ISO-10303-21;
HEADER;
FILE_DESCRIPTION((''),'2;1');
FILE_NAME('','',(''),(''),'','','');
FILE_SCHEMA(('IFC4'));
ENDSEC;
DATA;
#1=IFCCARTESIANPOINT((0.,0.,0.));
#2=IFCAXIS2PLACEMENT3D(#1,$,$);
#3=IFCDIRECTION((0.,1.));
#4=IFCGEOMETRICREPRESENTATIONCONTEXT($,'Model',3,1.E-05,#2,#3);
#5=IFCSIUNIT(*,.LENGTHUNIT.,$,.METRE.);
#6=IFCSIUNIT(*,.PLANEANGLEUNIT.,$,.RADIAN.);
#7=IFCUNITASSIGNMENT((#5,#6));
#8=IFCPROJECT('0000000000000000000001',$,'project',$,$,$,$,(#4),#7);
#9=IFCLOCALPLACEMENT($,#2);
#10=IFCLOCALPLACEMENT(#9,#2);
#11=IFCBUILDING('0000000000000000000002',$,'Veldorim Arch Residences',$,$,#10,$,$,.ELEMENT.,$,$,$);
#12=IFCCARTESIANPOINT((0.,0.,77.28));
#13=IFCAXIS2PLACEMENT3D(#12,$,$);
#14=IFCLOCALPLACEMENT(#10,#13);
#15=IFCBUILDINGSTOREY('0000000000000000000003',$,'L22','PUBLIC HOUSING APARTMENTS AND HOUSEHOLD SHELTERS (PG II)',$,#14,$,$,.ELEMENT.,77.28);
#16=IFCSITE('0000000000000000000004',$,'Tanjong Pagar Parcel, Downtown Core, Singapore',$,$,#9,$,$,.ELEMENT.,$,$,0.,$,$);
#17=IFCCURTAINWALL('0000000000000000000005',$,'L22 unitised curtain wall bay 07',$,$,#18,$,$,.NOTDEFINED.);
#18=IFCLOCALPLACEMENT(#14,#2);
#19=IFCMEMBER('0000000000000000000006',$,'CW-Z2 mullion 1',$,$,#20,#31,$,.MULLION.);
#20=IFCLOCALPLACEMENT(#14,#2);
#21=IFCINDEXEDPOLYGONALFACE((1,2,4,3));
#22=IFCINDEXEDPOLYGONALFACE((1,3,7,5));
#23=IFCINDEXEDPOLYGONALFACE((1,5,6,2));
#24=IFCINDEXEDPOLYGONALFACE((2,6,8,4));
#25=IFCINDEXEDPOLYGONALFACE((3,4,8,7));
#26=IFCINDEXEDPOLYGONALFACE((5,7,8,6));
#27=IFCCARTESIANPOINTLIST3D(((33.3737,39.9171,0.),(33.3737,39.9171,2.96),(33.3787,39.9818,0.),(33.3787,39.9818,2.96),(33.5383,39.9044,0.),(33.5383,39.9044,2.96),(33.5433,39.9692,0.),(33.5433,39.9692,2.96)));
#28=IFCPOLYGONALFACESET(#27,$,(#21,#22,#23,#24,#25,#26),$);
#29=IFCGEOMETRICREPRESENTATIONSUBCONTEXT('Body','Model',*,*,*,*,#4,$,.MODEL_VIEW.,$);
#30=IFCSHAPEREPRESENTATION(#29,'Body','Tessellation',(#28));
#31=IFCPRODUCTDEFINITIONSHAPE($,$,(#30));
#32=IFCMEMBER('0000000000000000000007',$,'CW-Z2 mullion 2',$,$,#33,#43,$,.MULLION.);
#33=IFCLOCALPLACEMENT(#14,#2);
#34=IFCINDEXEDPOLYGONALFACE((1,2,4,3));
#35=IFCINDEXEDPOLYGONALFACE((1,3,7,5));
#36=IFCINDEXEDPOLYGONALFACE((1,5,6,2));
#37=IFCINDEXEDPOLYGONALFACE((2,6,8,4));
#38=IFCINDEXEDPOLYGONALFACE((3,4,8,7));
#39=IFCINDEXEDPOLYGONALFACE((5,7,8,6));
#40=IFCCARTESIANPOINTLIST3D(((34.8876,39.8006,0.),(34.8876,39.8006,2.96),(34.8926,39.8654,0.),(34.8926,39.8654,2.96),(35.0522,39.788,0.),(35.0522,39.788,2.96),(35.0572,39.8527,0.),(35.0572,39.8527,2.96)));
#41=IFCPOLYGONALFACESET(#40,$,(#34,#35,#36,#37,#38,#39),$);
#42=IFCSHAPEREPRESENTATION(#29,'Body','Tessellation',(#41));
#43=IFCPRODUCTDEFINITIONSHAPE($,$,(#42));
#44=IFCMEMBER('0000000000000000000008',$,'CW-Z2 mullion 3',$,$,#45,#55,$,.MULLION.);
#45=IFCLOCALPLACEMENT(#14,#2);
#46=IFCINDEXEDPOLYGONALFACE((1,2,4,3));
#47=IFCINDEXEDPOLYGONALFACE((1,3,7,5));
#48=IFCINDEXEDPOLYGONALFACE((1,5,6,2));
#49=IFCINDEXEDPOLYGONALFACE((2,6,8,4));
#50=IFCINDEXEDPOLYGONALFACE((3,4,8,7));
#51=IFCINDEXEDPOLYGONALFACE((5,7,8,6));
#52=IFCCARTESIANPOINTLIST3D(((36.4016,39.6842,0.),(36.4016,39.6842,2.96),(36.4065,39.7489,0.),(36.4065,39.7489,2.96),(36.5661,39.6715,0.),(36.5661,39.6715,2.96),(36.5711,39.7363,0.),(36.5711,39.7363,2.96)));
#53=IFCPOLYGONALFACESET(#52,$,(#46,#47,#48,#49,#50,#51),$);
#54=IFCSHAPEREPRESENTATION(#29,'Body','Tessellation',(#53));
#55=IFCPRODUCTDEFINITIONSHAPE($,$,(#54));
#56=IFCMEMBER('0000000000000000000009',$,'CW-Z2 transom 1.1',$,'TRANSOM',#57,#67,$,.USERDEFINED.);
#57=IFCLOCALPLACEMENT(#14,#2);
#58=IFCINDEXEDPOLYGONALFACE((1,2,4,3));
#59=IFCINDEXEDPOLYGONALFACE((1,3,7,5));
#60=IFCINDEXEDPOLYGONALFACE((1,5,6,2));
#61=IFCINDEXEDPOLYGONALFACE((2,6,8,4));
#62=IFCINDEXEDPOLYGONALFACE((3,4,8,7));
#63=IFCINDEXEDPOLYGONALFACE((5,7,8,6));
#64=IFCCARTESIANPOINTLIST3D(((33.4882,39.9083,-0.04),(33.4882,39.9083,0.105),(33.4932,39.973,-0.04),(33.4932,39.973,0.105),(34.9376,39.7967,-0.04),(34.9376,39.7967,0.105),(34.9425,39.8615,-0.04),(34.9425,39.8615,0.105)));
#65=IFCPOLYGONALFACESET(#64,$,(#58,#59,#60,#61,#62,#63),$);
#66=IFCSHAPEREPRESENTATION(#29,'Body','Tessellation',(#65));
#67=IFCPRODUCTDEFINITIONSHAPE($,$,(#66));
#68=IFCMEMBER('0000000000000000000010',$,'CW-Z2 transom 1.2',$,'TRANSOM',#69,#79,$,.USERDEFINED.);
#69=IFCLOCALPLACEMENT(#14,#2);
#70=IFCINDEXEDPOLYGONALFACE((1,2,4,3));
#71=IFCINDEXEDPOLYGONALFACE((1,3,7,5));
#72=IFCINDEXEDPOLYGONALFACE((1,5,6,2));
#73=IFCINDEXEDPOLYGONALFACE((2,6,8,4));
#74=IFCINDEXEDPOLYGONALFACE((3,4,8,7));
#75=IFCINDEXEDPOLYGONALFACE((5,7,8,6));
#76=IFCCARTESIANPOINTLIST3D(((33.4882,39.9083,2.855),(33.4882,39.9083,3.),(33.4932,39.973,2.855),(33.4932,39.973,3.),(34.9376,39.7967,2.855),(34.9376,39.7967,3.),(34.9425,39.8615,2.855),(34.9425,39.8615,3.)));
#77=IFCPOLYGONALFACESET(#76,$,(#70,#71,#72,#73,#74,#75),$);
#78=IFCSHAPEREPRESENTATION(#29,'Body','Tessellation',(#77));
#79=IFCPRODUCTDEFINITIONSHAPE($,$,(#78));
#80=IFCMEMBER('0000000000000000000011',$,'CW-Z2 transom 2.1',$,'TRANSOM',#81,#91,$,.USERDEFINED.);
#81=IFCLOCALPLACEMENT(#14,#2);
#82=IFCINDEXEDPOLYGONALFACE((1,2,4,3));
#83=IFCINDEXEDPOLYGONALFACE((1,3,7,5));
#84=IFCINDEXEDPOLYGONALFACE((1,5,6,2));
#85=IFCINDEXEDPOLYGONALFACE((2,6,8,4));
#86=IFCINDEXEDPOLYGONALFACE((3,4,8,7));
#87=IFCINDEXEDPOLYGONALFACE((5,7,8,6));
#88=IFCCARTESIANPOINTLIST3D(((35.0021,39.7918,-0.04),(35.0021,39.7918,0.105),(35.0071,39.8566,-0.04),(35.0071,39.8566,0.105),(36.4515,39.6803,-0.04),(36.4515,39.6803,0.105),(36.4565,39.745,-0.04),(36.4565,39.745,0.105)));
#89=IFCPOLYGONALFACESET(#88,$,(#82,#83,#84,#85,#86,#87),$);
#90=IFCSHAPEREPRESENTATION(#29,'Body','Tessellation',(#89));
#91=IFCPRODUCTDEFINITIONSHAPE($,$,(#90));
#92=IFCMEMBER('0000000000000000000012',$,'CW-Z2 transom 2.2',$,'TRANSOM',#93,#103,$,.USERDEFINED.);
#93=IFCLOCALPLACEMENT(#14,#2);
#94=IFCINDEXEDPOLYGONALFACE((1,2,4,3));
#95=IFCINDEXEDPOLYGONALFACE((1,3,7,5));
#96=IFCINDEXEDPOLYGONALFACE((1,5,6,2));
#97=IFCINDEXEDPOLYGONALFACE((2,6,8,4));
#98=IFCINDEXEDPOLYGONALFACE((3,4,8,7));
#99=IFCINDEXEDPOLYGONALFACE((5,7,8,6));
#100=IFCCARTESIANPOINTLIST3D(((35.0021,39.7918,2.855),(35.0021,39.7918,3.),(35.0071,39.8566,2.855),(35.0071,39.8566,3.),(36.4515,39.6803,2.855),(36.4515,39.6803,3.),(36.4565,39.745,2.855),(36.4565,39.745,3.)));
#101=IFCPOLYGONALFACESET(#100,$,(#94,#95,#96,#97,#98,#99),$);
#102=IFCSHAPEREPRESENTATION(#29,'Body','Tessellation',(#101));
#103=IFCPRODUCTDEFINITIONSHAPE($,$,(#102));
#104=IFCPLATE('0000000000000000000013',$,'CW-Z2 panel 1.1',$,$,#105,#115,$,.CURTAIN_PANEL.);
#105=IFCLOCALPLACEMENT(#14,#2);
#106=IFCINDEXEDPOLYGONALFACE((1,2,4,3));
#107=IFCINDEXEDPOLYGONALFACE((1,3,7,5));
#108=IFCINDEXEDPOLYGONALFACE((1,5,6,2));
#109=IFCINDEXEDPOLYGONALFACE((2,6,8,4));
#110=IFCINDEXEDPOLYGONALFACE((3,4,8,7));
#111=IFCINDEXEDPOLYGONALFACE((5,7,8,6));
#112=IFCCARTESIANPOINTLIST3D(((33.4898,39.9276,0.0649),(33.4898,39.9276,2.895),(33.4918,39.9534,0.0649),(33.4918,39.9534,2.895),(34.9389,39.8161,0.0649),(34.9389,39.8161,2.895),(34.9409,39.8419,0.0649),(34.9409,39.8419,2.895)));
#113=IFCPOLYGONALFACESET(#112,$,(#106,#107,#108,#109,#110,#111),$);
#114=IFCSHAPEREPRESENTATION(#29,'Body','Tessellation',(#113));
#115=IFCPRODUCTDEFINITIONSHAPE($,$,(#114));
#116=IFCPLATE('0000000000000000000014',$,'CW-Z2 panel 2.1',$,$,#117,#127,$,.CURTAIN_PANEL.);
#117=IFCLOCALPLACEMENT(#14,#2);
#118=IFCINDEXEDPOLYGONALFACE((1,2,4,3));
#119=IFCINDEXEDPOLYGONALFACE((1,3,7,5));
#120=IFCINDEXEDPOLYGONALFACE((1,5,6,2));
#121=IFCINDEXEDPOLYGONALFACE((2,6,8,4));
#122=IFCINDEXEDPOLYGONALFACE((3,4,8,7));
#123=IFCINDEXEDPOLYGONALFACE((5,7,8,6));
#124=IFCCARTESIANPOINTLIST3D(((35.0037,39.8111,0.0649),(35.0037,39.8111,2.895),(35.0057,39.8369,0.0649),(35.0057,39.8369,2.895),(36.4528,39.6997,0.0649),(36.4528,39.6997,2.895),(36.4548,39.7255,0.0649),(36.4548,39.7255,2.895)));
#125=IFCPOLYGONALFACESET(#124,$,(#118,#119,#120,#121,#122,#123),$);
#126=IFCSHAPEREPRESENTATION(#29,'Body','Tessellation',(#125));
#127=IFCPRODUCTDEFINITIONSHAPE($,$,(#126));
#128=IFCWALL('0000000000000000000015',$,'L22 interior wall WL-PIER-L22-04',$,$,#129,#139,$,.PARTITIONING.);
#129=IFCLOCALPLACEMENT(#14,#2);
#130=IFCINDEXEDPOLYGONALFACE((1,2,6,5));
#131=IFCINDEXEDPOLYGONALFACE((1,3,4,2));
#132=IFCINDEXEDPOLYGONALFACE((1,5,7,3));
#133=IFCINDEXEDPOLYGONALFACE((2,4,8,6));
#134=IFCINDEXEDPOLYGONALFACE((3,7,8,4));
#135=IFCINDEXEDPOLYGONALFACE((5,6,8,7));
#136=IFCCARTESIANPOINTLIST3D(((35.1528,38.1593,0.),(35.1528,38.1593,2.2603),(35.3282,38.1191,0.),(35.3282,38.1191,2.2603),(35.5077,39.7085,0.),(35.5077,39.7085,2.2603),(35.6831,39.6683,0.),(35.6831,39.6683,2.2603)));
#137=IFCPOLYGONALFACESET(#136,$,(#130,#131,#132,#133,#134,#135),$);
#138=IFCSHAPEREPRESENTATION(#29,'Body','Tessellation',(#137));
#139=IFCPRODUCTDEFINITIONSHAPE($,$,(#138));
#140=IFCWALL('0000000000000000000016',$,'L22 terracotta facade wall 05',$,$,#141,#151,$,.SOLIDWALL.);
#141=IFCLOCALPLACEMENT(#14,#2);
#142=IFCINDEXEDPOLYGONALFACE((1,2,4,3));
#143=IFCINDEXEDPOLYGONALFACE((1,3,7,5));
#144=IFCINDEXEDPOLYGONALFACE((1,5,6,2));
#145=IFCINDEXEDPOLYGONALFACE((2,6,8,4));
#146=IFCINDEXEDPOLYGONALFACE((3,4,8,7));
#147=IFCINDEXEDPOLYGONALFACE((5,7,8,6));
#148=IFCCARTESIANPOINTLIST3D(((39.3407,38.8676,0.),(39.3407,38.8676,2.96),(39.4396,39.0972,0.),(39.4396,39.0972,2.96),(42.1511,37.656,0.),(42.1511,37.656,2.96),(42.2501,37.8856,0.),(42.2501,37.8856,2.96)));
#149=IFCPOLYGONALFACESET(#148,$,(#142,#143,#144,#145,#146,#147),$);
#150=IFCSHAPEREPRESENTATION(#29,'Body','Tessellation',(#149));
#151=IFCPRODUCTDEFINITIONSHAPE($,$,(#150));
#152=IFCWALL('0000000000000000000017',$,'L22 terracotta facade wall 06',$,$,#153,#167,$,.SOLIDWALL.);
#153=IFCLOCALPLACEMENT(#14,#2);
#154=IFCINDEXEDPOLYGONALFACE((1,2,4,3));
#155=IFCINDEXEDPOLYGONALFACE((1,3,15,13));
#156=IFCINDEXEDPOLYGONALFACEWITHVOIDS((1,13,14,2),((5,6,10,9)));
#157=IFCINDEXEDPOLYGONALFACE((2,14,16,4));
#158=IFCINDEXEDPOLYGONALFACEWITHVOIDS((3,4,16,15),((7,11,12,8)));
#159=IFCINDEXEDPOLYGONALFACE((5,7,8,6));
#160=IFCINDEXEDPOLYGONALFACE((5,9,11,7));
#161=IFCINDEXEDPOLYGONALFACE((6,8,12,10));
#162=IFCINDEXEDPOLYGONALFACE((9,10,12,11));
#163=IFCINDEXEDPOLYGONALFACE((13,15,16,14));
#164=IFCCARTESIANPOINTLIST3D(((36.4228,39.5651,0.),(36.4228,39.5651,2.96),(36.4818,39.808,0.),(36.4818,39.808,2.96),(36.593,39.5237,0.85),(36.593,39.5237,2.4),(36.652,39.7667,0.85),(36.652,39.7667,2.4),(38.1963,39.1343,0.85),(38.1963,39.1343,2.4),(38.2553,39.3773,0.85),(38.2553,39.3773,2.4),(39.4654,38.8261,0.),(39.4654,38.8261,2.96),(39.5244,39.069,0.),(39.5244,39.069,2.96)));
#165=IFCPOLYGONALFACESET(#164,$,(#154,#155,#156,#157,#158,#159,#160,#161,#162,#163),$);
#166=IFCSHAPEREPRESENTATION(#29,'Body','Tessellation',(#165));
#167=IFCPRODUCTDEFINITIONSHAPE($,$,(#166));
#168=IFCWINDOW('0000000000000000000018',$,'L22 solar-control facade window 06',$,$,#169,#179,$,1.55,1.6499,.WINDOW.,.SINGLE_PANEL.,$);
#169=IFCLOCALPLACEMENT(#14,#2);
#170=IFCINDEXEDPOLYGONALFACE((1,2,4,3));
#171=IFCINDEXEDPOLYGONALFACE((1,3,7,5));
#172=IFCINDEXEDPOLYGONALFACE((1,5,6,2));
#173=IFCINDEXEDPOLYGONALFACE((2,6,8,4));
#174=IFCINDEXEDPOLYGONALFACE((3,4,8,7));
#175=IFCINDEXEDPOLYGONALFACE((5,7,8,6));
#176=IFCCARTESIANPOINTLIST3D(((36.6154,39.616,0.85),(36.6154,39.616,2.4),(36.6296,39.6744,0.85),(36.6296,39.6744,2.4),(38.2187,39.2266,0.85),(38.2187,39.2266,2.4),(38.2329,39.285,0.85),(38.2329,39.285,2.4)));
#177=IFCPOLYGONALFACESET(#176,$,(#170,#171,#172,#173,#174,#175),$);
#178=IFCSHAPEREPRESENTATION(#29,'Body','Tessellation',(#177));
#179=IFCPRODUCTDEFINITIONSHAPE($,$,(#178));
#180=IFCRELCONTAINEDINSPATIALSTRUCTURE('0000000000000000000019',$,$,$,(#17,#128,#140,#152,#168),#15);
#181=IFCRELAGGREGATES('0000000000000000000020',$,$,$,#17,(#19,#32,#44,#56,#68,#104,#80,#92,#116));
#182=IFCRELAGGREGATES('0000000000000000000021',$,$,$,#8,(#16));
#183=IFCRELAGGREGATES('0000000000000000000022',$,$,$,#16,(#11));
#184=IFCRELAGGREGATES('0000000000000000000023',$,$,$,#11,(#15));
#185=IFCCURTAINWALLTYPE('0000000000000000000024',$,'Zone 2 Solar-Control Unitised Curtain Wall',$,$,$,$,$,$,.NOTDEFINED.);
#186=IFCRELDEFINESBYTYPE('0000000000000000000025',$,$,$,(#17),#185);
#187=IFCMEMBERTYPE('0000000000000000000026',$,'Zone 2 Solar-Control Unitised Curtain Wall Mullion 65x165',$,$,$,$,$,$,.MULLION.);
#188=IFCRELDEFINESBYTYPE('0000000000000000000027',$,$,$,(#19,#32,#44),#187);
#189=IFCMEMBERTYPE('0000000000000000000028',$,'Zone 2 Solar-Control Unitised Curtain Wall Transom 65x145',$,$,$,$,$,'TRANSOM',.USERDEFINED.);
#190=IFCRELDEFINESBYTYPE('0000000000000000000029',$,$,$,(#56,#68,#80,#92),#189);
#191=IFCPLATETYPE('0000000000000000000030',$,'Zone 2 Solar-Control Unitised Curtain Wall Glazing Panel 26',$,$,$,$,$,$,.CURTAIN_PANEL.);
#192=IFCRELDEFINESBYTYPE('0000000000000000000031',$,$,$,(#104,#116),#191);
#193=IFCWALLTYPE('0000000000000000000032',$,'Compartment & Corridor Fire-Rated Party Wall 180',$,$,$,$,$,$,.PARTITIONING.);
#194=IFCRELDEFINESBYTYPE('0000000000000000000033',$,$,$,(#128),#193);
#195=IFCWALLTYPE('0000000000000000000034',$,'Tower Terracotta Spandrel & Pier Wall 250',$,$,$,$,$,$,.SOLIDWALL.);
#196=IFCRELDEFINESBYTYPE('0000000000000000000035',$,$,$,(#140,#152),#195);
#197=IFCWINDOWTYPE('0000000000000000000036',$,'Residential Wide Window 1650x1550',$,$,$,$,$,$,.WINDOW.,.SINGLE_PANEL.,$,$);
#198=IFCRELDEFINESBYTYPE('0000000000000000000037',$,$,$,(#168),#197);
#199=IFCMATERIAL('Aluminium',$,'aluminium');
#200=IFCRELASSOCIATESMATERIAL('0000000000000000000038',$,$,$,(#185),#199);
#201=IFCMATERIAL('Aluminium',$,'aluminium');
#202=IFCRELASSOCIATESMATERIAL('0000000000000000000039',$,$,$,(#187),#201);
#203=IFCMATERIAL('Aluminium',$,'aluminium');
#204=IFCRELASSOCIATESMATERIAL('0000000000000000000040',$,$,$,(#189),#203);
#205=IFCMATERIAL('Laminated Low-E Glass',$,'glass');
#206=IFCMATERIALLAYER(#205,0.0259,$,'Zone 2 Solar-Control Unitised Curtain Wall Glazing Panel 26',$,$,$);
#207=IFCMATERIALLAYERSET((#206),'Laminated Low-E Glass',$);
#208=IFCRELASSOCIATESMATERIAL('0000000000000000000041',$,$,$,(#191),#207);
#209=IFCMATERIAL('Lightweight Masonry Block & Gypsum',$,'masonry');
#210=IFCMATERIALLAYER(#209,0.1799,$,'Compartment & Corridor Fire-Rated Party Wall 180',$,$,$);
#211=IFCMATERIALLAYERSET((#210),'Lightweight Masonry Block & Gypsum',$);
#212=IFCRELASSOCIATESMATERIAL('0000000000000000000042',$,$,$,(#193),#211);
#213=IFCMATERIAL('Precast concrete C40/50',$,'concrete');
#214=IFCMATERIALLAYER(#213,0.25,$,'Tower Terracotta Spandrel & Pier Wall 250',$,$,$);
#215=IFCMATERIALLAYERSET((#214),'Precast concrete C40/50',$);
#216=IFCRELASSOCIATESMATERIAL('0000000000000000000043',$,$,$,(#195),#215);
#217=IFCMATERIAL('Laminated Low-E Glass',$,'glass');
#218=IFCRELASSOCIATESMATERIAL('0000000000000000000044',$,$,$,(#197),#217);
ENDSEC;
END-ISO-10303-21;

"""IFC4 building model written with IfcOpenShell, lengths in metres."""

from ifc_helpers import new_model, si_unit, direction, frame, frame_2d, origin, origin_2d, place, context, subcontext, project, spatial, rectangle, extrude, material, layer, layer_set, material_profile, profile_set, type_object, element, fill, aggregate, save


model = new_model("IFC4")

# Units and contexts
model_context = context("Model", 3, precision=1e-05, world=origin(), true_north=direction((0.0, 1.0)))
body_context = subcontext(model_context, "Body", "Model", "MODEL_VIEW")
ifc_project = project(units=[si_unit("LENGTHUNIT", "METRE"), si_unit("PLANEANGLEUNIT", "RADIAN")], contexts=[model_context])

# Site, building, storey
site_placement = place(None, origin())
site = spatial("IfcSite", under=ifc_project, at=site_placement, Name="Tanjong Pagar Parcel, Downtown Core, Singapore", CompositionType="ELEMENT", RefElevation=0.0)
building_placement = place(site_placement, origin())
building = spatial("IfcBuilding", under=site, at=building_placement, Name="Veldorim Arch Residences", CompositionType="ELEMENT")
storey_placement = place(building_placement, frame((0.0, 0.0, 77.28)))
storey = spatial("IfcBuildingStorey", under=building, at=storey_placement, Name="L22", Description="PUBLIC HOUSING APARTMENTS AND HOUSEHOLD SHELTERS (PG II)", CompositionType="ELEMENT", Elevation=77.28)

# Curtain wall, members, plates
ifc_material_1 = material(Name="Aluminium", Category="aluminium")
curtain_wall_type = type_object("IfcCurtainWallType", Name="Zone 2 Solar-Control Unitised Curtain Wall", PredefinedType="NOTDEFINED", material=ifc_material_1)
curtain_wall_placement = place(storey_placement, origin())
curtain_wall = element("IfcCurtainWall", 1, at=curtain_wall_placement, inside=storey, type_object=curtain_wall_type, Name="L22 unitised curtain wall bay 07", PredefinedType="NOTDEFINED")
ifc_material_2 = material(Name="Aluminium", Category="aluminium")
ifc_material_profile_1 = material_profile(ifc_material_2, rectangle(XDim=0.0649, YDim=0.165, at=origin_2d()), Name="ALU_MUL_65x165")
ifc_profile_set_1 = profile_set([ifc_material_profile_1], Name="Aluminium")
member_type_1 = type_object("IfcMemberType", Name="Zone 2 Solar-Control Unitised Curtain Wall Mullion 65x165", PredefinedType="MULLION", material=ifc_profile_set_1)
member_1_placement = place(storey_placement, frame((33.4585, 39.9431, 0.0), z_axis=(0.0, 0.0, 1.0), x_axis=(0.076696, 0.997054, 0.0)))
member_1 = element("IfcMember", 2, at=member_1_placement, type_object=member_type_1, Name="CW-Z2 mullion 1", PredefinedType="MULLION", context=body_context, shape_type="SweptSolid", body=[
    extrude(rectangle(XDim=0.0649, YDim=0.165, at=origin_2d()), origin(), (0.0, 0.0, 1.0), 2.96),
])
member_2_placement = place(storey_placement, frame((34.9724, 39.8267, 0.0), z_axis=(0.0, 0.0, 1.0), x_axis=(0.076696, 0.997054, 0.0)))
member_2 = element("IfcMember", 3, at=member_2_placement, type_object=member_type_1, Name="CW-Z2 mullion 2", PredefinedType="MULLION", context=body_context, shape_type="SweptSolid", body=[
    extrude(rectangle(XDim=0.0649, YDim=0.165, at=origin_2d()), origin(), (0.0, 0.0, 1.0), 2.96),
])
member_3_placement = place(storey_placement, frame((36.4863, 39.7102, 0.0), z_axis=(0.0, 0.0, 1.0), x_axis=(0.076696, 0.997054, 0.0)))
member_3 = element("IfcMember", 4, at=member_3_placement, type_object=member_type_1, Name="CW-Z2 mullion 3", PredefinedType="MULLION", context=body_context, shape_type="SweptSolid", body=[
    extrude(rectangle(XDim=0.0649, YDim=0.165, at=origin_2d()), origin(), (0.0, 0.0, 1.0), 2.96),
])
ifc_material_3 = material(Name="Aluminium", Category="aluminium")
ifc_material_profile_2 = material_profile(ifc_material_3, rectangle(XDim=0.0649, YDim=0.145, at=origin_2d()), Name="ALU_TRN_65x145")
ifc_profile_set_2 = profile_set([ifc_material_profile_2], Name="Aluminium")
member_type_2 = type_object("IfcMemberType", Name="Zone 2 Solar-Control Unitised Curtain Wall Transom 65x145", ElementType="TRANSOM", PredefinedType="USERDEFINED", material=ifc_profile_set_2)
member_4_placement = place(storey_placement, frame((33.4907, 39.9407, 0.0325), z_axis=(0.99705, -0.076761, 0.0), x_axis=(0.076761, 0.99705, 0.0)))
member_4 = element("IfcMember", 5, at=member_4_placement, type_object=member_type_2, Name="CW-Z2 transom 1.1", ObjectType="TRANSOM", PredefinedType="USERDEFINED", context=body_context, shape_type="SweptSolid", body=[
    extrude(rectangle(XDim=0.0649, YDim=0.145, at=origin_2d()), origin(), (0.0, 0.0, 1.0), 1.4536),
])
member_5_placement = place(storey_placement, frame((33.4907, 39.9407, 2.9275), z_axis=(0.99705, -0.076761, 0.0), x_axis=(0.076761, 0.99705, 0.0)))
member_5 = element("IfcMember", 6, at=member_5_placement, type_object=member_type_2, Name="CW-Z2 transom 1.2", ObjectType="TRANSOM", PredefinedType="USERDEFINED", context=body_context, shape_type="SweptSolid", body=[
    extrude(rectangle(XDim=0.0649, YDim=0.145, at=origin_2d()), origin(), (0.0, 0.0, 1.0), 1.4536),
])
member_6_placement = place(storey_placement, frame((35.0046, 39.8242, 0.0325), z_axis=(0.99705, -0.076761, 0.0), x_axis=(0.076761, 0.99705, 0.0)))
member_6 = element("IfcMember", 7, at=member_6_placement, type_object=member_type_2, Name="CW-Z2 transom 2.1", ObjectType="TRANSOM", PredefinedType="USERDEFINED", context=body_context, shape_type="SweptSolid", body=[
    extrude(rectangle(XDim=0.0649, YDim=0.145, at=origin_2d()), origin(), (0.0, 0.0, 1.0), 1.4536),
])
member_7_placement = place(storey_placement, frame((35.0046, 39.8242, 2.9275), z_axis=(0.99705, -0.076761, 0.0), x_axis=(0.076761, 0.99705, 0.0)))
member_7 = element("IfcMember", 8, at=member_7_placement, type_object=member_type_2, Name="CW-Z2 transom 2.2", ObjectType="TRANSOM", PredefinedType="USERDEFINED", context=body_context, shape_type="SweptSolid", body=[
    extrude(rectangle(XDim=0.0649, YDim=0.145, at=origin_2d()), origin(), (0.0, 0.0, 1.0), 1.4536),
])
ifc_material_4 = material(Name="Laminated Low-E Glass", Category="glass")
ifc_layer_1 = layer(ifc_material_4, 0.0259, Name="Zone 2 Solar-Control Unitised Curtain Wall Glazing Panel 26")
ifc_layer_set_1 = layer_set([ifc_layer_1], Name="Laminated Low-E Glass")
plate_type = type_object("IfcPlateType", Name="Zone 2 Solar-Control Unitised Curtain Wall Glazing Panel 26", PredefinedType="CURTAIN_PANEL", material=ifc_layer_set_1)
plate_1_placement = place(storey_placement, frame((34.2153, 39.8848, 0.0649), z_axis=(0.0, 0.0, 1.0), x_axis=(0.997054, -0.076696, 0.0)))
plate_1 = element("IfcPlate", 9, at=plate_1_placement, type_object=plate_type, Name="CW-Z2 panel 1.1", PredefinedType="CURTAIN_PANEL", context=body_context, shape_type="SweptSolid", body=[
    extrude(rectangle(XDim=1.4534, YDim=0.0259, at=origin_2d()), origin(), (0.0, 0.0, 1.0), 2.8301),
])
plate_2_placement = place(storey_placement, frame((35.7292, 39.7683, 0.0649), z_axis=(0.0, 0.0, 1.0), x_axis=(0.997054, -0.076696, 0.0)))
plate_2 = element("IfcPlate", 10, at=plate_2_placement, type_object=plate_type, Name="CW-Z2 panel 2.1", PredefinedType="CURTAIN_PANEL", context=body_context, shape_type="SweptSolid", body=[
    extrude(rectangle(XDim=1.4534, YDim=0.0259, at=origin_2d()), origin(), (0.0, 0.0, 1.0), 2.8301),
])
aggregate(curtain_wall, [member_1, member_2, member_3, member_4, member_5, plate_1, member_6, member_7, plate_2])

# Walls
ifc_material_5 = material(Name="Lightweight Masonry Block & Gypsum", Category="masonry")
ifc_layer_2 = layer(ifc_material_5, 0.1799, Name="Compartment & Corridor Fire-Rated Party Wall 180")
ifc_layer_set_2 = layer_set([ifc_layer_2], Name="Lightweight Masonry Block & Gypsum")
wall_type_1 = type_object("IfcWallType", Name="Compartment & Corridor Fire-Rated Party Wall 180", PredefinedType="PARTITIONING", material=ifc_layer_set_2)
wall_1_placement = place(storey_placement, frame((35.2405, 38.1392, 0.0), z_axis=(0.0, 0.0, 1.0), x_axis=(0.223334, 0.974742, 0.0)))
element("IfcWall", 11, at=wall_1_placement, inside=storey, type_object=wall_type_1, Name="L22 interior wall WL-PIER-L22-04", PredefinedType="PARTITIONING", context=body_context, shape_type="SweptSolid", body=[
    extrude(rectangle(XDim=1.5894, YDim=0.1799, at=frame_2d((0.7947, 0.0))), origin(), (0.0, 0.0, 1.0), 2.2603),
])
ifc_material_6 = material(Name="Precast concrete C40/50", Category="concrete")
ifc_layer_3 = layer(ifc_material_6, 0.25, Name="Tower Terracotta Spandrel & Pier Wall 250")
ifc_layer_set_3 = layer_set([ifc_layer_3], Name="Precast concrete C40/50")
wall_type_2 = type_object("IfcWallType", Name="Tower Terracotta Spandrel & Pier Wall 250", PredefinedType="SOLIDWALL", material=ifc_layer_set_3)
wall_2_placement = place(storey_placement, frame((39.3901, 38.9824, 0.0), z_axis=(0.0, 0.0, 1.0), x_axis=(0.918297, -0.395892, 0.0)))
element("IfcWall", 12, at=wall_2_placement, inside=storey, type_object=wall_type_2, Name="L22 terracotta facade wall 05", PredefinedType="SOLIDWALL", context=body_context, shape_type="SweptSolid", body=[
    extrude(rectangle(XDim=3.0605, YDim=0.25, at=frame_2d((1.5303, 0.0))), origin(), (0.0, 0.0, 1.0), 2.96),
])

# Wall, opening, window
wall_3_placement = place(storey_placement, frame((36.4524, 39.6865, 0.0), z_axis=(0.0, 0.0, 1.0), x_axis=(0.971749, -0.236017, 0.0)))
wall_3 = element("IfcWall", 13, at=wall_3_placement, inside=storey, type_object=wall_type_2, Name="L22 terracotta facade wall 06", PredefinedType="SOLIDWALL", context=body_context, shape_type="SweptSolid", body=[
    extrude(rectangle(XDim=3.1311, YDim=0.25, at=frame_2d((1.5654, 0.0))), origin(), (0.0, 0.0, 1.0), 2.96),
])
opening_placement = place(wall_3_placement, frame((0.175, 0.0, 0.8501)))
opening = element("IfcOpeningElement", 14, at=opening_placement, cuts=wall_3, PredefinedType="OPENING", context=body_context, shape_type="SweptSolid", body=[
    extrude(rectangle(XDim=1.6499, YDim=1.55, at=frame_2d((0.825, 0.7749))), frame((0.0, 0.135, 0.0), z_axis=(0.0, -1.0, 0.0), x_axis=(1.0, 0.0, 0.0)), (0.0, 0.0, 1.0), 0.27),
])
ifc_material_7 = material(Name="Laminated Low-E Glass", Category="glass")
window_type = type_object("IfcWindowType", Name="Residential Wide Window 1650x1550", PartitioningType="SINGLE_PANEL", PredefinedType="WINDOW", material=ifc_material_7)
window_placement = place(opening_placement, origin())
window = element("IfcWindow", 15, at=window_placement, inside=storey, type_object=window_type, Name="L22 solar-control facade window 06", OverallHeight=1.55, OverallWidth=1.6499, PartitioningType="SINGLE_PANEL", PredefinedType="WINDOW", context=body_context, shape_type="SweptSolid", body=[
    extrude(rectangle(XDim=1.6499, YDim=1.55, at=frame_2d((0.825, 0.7749))), frame((0.0, 0.03, 0.0), z_axis=(0.0, -1.0, 0.0), x_axis=(1.0, 0.0, 0.0)), (0.0, 0.0, 1.0), 0.0601),
])
fill(opening, window)

save(model, "model.ifc")
